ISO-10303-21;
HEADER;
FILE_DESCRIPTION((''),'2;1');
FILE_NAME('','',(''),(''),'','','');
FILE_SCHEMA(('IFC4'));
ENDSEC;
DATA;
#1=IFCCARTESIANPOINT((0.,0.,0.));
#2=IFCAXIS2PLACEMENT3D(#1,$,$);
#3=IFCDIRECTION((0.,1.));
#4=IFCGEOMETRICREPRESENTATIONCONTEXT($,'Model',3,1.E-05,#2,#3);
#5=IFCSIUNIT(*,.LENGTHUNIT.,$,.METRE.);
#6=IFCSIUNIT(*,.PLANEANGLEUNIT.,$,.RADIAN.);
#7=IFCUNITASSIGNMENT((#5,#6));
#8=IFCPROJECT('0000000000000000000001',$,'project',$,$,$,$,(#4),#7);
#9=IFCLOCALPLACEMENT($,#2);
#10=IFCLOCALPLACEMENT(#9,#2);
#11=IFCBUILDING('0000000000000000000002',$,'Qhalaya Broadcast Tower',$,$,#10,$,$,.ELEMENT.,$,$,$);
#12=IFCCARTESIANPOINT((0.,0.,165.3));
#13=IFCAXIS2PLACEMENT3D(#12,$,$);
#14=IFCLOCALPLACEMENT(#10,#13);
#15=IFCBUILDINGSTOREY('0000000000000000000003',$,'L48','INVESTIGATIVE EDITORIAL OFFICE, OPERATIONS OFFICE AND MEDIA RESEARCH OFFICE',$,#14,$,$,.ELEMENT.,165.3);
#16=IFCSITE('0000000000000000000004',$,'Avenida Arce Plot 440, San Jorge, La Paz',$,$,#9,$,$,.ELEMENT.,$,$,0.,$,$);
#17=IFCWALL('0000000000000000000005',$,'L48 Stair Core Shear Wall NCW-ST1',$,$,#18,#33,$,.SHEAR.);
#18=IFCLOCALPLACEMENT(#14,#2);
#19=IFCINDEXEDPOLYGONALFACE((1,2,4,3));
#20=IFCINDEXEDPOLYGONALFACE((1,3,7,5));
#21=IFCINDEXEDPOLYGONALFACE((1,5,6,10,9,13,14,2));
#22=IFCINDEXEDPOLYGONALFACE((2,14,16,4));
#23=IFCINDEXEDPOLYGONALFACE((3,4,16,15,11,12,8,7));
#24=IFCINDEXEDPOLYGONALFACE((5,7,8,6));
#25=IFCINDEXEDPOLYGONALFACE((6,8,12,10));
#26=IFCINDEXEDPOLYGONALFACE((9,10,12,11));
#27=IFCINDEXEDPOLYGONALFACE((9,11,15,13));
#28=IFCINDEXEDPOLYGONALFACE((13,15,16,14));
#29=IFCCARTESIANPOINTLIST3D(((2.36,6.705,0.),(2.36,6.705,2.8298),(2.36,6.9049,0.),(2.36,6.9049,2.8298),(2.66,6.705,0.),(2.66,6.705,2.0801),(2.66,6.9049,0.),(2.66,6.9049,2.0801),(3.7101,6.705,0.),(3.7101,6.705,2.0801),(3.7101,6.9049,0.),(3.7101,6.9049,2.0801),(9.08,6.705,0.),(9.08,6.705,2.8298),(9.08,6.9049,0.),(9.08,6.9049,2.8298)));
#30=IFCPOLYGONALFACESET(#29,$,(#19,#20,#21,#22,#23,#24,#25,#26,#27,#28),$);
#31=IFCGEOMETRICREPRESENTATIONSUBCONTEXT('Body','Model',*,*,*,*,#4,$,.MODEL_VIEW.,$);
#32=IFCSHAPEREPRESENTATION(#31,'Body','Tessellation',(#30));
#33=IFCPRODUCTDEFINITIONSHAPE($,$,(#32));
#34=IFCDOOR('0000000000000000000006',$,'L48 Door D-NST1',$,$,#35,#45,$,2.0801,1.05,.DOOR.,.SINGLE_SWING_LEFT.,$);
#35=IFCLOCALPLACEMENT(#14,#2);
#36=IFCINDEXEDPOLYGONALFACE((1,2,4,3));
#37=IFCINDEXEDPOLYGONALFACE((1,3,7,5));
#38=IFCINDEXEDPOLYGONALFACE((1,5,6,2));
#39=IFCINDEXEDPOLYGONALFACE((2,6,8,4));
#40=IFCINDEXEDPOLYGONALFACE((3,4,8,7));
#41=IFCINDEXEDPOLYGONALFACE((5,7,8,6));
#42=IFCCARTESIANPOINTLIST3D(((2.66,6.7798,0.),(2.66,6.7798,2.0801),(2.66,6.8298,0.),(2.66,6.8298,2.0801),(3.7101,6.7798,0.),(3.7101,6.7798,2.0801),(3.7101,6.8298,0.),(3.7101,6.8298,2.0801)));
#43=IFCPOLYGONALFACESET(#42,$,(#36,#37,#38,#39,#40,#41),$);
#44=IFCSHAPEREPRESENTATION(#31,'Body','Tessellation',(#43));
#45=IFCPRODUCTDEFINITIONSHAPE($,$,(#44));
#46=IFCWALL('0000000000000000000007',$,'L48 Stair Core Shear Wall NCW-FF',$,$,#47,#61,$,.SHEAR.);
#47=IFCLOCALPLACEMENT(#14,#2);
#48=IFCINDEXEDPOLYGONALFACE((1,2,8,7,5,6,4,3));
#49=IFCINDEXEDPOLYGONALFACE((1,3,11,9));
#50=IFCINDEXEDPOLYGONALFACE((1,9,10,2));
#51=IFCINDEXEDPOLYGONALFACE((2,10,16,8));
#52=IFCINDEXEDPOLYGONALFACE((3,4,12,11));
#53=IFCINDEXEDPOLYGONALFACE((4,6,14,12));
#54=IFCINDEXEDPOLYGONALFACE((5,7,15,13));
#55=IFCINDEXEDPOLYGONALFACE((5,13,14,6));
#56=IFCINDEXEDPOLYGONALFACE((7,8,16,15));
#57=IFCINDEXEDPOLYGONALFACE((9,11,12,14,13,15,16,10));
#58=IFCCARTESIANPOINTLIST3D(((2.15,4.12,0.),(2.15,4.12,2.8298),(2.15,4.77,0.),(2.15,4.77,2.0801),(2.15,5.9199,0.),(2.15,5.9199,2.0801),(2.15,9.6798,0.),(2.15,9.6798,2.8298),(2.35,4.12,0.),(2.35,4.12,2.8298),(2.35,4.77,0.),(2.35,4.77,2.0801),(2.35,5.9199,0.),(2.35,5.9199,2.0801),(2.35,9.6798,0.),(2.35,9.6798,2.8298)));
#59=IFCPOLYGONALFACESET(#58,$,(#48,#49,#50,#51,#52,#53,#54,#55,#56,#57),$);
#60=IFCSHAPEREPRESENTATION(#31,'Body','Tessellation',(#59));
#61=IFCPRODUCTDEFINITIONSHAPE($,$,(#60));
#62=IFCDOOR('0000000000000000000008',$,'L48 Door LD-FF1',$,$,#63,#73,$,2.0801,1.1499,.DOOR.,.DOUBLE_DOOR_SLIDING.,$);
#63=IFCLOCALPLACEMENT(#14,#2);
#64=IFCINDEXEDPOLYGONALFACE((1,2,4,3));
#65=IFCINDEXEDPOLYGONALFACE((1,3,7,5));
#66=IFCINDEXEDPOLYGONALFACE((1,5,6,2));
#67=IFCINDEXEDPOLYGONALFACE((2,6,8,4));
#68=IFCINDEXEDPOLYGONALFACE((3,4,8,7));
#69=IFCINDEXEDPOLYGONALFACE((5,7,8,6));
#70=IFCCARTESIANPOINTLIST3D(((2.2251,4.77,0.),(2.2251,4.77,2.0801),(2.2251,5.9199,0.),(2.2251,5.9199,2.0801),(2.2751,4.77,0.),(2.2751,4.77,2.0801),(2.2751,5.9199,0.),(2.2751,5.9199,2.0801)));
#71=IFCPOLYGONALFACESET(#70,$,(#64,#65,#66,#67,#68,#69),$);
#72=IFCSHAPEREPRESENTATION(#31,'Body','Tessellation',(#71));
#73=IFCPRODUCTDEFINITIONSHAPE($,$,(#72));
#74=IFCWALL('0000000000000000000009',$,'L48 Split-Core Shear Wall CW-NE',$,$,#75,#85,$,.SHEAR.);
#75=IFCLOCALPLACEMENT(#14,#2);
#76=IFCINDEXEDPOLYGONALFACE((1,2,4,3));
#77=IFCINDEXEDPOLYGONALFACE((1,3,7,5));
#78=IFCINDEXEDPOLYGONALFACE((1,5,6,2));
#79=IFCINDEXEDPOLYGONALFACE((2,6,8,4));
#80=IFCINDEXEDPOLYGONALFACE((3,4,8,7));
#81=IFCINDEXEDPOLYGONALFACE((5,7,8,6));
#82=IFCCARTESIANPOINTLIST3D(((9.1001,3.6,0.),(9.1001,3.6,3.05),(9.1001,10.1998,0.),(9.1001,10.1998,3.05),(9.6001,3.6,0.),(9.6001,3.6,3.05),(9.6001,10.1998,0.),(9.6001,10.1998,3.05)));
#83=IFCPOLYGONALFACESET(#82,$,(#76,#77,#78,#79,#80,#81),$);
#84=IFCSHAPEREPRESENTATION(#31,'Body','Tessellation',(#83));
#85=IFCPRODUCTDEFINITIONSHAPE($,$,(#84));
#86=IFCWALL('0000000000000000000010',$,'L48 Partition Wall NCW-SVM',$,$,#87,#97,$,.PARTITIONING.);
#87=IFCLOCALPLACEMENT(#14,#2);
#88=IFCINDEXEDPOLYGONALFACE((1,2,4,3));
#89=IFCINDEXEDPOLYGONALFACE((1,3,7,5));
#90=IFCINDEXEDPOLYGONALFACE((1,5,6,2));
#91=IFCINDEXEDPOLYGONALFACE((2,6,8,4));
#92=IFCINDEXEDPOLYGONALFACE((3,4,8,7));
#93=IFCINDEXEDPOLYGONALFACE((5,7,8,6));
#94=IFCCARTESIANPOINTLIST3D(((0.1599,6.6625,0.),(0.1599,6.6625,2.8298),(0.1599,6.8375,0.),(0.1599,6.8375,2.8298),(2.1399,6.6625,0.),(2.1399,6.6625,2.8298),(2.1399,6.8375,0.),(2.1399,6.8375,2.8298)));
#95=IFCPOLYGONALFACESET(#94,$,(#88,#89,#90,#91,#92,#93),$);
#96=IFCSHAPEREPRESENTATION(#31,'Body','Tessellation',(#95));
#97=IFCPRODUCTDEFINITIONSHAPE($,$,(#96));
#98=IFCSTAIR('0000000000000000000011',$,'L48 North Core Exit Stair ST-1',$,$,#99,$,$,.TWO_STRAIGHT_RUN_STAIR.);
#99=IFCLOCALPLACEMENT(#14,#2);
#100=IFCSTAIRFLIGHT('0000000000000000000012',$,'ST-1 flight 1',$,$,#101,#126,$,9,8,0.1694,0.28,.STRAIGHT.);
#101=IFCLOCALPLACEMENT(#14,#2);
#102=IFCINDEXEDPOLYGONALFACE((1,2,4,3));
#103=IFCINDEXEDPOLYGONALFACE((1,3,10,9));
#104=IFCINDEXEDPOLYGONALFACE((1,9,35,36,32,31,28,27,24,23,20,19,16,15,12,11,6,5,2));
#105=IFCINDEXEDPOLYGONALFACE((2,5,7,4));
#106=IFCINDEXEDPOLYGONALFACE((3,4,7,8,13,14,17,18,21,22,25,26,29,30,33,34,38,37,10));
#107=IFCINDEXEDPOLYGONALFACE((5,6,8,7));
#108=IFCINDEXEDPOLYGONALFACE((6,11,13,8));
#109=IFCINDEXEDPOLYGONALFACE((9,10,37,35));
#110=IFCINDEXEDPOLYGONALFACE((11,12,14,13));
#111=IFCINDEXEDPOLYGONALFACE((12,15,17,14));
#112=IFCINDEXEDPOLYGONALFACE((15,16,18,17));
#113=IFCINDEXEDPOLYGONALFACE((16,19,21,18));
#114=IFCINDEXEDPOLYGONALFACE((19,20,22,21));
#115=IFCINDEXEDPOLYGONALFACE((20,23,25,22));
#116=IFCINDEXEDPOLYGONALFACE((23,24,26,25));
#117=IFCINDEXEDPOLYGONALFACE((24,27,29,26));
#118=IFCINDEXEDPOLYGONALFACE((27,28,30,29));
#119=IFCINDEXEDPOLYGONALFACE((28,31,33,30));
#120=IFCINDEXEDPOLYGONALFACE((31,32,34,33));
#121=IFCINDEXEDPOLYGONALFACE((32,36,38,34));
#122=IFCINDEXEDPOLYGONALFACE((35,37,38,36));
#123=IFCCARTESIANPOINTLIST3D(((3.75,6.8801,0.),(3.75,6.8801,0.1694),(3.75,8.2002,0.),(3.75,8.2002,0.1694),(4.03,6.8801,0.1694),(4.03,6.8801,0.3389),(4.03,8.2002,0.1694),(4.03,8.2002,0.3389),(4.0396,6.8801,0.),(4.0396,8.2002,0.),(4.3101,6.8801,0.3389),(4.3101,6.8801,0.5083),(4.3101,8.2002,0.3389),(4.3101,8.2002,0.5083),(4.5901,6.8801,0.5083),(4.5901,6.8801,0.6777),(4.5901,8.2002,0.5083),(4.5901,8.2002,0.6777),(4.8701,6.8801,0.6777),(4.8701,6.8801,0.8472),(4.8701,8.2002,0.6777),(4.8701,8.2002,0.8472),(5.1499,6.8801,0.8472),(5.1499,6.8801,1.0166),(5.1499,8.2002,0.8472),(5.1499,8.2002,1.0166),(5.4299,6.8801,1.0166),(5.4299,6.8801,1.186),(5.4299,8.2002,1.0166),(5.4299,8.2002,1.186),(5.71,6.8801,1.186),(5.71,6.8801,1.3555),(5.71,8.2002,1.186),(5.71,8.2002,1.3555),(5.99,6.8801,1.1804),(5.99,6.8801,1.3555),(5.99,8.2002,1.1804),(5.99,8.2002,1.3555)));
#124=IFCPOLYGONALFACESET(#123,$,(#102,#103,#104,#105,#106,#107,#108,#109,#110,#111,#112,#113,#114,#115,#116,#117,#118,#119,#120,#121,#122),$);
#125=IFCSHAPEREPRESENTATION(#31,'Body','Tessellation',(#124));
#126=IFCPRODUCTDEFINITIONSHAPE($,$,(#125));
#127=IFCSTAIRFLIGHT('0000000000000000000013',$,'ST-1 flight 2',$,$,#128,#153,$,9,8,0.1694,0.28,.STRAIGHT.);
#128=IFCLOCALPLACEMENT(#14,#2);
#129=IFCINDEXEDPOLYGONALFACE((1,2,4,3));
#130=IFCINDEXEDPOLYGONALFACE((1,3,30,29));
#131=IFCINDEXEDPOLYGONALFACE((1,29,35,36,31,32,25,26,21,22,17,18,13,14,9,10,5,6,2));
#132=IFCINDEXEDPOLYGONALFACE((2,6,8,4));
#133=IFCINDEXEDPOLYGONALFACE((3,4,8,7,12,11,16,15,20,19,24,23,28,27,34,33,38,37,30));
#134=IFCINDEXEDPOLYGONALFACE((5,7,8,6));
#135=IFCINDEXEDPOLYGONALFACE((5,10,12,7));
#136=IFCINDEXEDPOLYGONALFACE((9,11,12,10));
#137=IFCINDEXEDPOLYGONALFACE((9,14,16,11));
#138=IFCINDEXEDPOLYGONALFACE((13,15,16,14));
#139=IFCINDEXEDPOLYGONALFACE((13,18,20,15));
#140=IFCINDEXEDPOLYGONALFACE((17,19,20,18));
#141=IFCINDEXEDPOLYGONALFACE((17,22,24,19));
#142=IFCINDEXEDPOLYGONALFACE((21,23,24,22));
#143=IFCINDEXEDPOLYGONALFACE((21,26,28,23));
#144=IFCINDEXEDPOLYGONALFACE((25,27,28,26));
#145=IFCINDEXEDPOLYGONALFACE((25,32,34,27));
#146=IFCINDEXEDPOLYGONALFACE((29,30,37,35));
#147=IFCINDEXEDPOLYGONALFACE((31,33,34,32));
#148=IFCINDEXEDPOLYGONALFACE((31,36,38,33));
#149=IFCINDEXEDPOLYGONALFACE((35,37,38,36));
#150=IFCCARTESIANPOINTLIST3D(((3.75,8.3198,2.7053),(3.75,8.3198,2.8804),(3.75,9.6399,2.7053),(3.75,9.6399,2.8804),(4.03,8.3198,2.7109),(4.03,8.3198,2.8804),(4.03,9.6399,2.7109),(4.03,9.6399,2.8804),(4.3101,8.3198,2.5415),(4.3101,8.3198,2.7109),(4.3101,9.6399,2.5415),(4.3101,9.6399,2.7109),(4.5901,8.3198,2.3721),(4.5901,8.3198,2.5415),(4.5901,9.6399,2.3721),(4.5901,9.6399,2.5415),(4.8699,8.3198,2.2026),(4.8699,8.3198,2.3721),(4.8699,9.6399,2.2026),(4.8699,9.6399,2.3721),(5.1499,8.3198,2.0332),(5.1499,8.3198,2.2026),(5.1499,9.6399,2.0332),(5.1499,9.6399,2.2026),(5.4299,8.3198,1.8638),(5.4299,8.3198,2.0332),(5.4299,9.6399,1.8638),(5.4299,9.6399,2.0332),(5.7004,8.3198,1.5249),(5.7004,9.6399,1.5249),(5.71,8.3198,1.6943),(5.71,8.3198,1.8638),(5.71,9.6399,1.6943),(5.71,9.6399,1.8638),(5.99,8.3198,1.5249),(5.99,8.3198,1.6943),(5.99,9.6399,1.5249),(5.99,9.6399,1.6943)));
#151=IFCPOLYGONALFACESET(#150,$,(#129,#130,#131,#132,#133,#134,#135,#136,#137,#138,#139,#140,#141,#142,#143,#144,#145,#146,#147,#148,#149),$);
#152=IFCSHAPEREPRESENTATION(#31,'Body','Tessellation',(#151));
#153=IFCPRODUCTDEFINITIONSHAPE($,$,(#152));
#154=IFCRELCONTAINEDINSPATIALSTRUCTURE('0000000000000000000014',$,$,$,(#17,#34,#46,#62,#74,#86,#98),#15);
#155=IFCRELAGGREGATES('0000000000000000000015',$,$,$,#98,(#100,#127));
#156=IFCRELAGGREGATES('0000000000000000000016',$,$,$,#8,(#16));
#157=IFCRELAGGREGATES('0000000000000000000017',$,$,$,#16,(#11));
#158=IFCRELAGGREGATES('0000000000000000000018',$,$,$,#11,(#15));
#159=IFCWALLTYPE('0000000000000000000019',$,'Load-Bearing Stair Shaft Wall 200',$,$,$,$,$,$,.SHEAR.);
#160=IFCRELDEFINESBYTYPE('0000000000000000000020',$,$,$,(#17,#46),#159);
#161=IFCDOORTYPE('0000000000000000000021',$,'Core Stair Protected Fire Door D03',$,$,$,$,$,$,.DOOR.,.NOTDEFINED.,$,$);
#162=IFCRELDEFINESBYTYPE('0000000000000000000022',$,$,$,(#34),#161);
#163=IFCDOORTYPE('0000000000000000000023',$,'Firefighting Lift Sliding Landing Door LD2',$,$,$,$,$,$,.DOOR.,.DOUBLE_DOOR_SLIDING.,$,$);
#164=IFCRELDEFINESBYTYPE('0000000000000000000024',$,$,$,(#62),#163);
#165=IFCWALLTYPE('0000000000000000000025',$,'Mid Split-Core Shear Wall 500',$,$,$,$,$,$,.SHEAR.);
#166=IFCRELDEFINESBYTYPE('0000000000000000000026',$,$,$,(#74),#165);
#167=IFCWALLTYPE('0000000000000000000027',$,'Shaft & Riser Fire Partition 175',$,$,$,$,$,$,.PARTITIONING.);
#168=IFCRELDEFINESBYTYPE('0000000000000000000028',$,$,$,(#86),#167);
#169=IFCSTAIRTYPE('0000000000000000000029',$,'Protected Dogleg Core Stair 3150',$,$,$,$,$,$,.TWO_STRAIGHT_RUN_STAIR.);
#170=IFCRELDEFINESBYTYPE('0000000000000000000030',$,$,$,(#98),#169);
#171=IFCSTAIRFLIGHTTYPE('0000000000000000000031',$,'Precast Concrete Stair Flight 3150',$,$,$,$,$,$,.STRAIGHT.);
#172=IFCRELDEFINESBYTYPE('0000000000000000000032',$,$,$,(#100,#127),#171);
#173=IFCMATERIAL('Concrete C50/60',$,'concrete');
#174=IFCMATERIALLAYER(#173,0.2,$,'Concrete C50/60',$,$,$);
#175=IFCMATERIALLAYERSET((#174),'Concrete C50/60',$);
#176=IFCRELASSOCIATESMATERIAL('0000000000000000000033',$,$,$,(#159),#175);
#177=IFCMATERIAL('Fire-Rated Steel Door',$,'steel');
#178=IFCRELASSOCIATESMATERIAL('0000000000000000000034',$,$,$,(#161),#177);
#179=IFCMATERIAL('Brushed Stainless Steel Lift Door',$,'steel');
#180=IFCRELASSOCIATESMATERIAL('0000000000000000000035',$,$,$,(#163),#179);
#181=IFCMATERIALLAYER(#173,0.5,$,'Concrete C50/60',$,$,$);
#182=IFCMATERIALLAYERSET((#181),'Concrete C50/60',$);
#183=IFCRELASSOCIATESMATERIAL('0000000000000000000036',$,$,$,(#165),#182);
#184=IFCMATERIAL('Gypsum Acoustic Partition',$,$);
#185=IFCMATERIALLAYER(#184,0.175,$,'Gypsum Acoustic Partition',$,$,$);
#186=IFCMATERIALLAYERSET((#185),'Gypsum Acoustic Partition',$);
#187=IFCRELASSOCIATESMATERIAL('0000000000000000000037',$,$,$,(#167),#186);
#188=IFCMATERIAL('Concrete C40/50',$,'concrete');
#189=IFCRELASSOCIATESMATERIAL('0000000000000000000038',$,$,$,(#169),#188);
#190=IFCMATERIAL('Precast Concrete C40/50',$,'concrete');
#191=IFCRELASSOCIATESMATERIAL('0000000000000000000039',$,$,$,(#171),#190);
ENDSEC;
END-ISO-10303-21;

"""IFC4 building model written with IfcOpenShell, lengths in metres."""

from ifc_helpers import new_model, si_unit, direction, frame, frame_2d, origin, place, context, subcontext, project, spatial, polyline, rectangle, outline, extrude, material, layer, layer_set, type_object, element, fill, aggregate, save


model = new_model("IFC4")

# Units and contexts
model_context = context("Model", 3, precision=1e-05, world=origin(), true_north=direction((0.0, 1.0)))
body_context = subcontext(model_context, "Body", "Model", "MODEL_VIEW")
ifc_project = project(units=[si_unit("LENGTHUNIT", "METRE"), si_unit("PLANEANGLEUNIT", "RADIAN")], contexts=[model_context])

# Site, building, storey
site_placement = place(None, origin())
site = spatial("IfcSite", under=ifc_project, at=site_placement, Name="Avenida Arce Plot 440, San Jorge, La Paz", CompositionType="ELEMENT", RefElevation=0.0)
building_placement = place(site_placement, origin())
building = spatial("IfcBuilding", under=site, at=building_placement, Name="Qhalaya Broadcast Tower", CompositionType="ELEMENT")
storey_placement = place(building_placement, frame((0.0, 0.0, 165.3)))
storey = spatial("IfcBuildingStorey", under=building, at=storey_placement, Name="L48", Description="INVESTIGATIVE EDITORIAL OFFICE, OPERATIONS OFFICE AND MEDIA RESEARCH OFFICE", CompositionType="ELEMENT", Elevation=165.3)

# Shared definitions
ifc_material_1 = material(Name="Concrete C50/60", Category="concrete")

# Shared definitions
ifc_material_2 = material(Name="Gypsum Acoustic Partition")
ifc_material_3 = material(Name="Fire-Rated Steel Door", Category="steel")

# Walls, openings, doors
ifc_layer_1 = layer(ifc_material_1, 0.2, Name="Concrete C50/60")
ifc_layer_set_1 = layer_set([ifc_layer_1], Name="Concrete C50/60")
wall_type_1 = type_object("IfcWallType", Name="Load-Bearing Stair Shaft Wall 200", PredefinedType="SHEAR", material=ifc_layer_set_1)
wall_1_placement = place(storey_placement, frame((2.3601, 6.8049, 0.0), z_axis=(0.0, 0.0, 1.0), x_axis=(1.0, 0.0, 0.0)))
wall_1 = element("IfcWall", 1, at=wall_1_placement, inside=storey, type_object=wall_type_1, Name="L48 Stair Core Shear Wall NCW-ST1", PredefinedType="SHEAR", context=body_context, shape_type="SweptSolid", body=[
    extrude(rectangle(XDim=6.72, YDim=0.2, at=frame_2d((3.3599, 0.0))), origin(), (0.0, 0.0, 1.0), 2.8298),
])
opening_1_placement = place(wall_1_placement, frame((0.3, 0.0, 0.0)))
opening_1 = element("IfcOpeningElement", 2, at=opening_1_placement, cuts=wall_1, PredefinedType="OPENING", context=body_context, shape_type="SweptSolid", body=[
    extrude(rectangle(XDim=1.05, YDim=2.0801, at=frame_2d((0.5249, 1.04))), frame((0.0, 0.1121, 0.0), z_axis=(0.0, -1.0, 0.0), x_axis=(1.0, 0.0, 0.0)), (0.0, 0.0, 1.0), 0.2239),
])
door_type_1 = type_object("IfcDoorType", Name="Core Stair Protected Fire Door D03", OperationType="NOTDEFINED", PredefinedType="DOOR", material=ifc_material_3)
door_1_placement = place(opening_1_placement, origin())
door_1 = element("IfcDoor", 3, at=door_1_placement, inside=storey, type_object=door_type_1, Name="L48 Door D-NST1", OperationType="SINGLE_SWING_LEFT", OverallHeight=2.0801, OverallWidth=1.05, PredefinedType="DOOR", context=body_context, shape_type="SweptSolid", body=[
    extrude(rectangle(XDim=1.05, YDim=2.0801, at=frame_2d((0.5249, 1.04))), frame((0.0, 0.0249, 0.0), z_axis=(0.0, -1.0, 0.0), x_axis=(1.0, 0.0, 0.0)), (0.0, 0.0, 1.0), 0.05),
])
fill(opening_1, door_1)
wall_2_placement = place(storey_placement, frame((2.25, 4.1201, 0.0), z_axis=(0.0, 0.0, 1.0), x_axis=(0.0, 1.0, 0.0)))
wall_2 = element("IfcWall", 4, at=wall_2_placement, inside=storey, type_object=wall_type_1, Name="L48 Stair Core Shear Wall NCW-FF", PredefinedType="SHEAR", context=body_context, shape_type="SweptSolid", body=[
    extrude(rectangle(XDim=5.5598, YDim=0.2, at=frame_2d((2.7798, 0.0))), origin(), (0.0, 0.0, 1.0), 2.8298),
])
opening_2_placement = place(wall_2_placement, frame((0.6499, 0.0, 0.0)))
opening_2 = element("IfcOpeningElement", 5, at=opening_2_placement, cuts=wall_2, PredefinedType="OPENING", context=body_context, shape_type="SweptSolid", body=[
    extrude(rectangle(XDim=1.1499, YDim=2.0801, at=frame_2d((0.575, 1.04))), frame((0.0, 0.1121, 0.0), z_axis=(0.0, -1.0, 0.0), x_axis=(1.0, 0.0, 0.0)), (0.0, 0.0, 1.0), 0.2239),
])
ifc_material_4 = material(Name="Brushed Stainless Steel Lift Door", Category="steel")
door_type_2 = type_object("IfcDoorType", Name="Firefighting Lift Sliding Landing Door LD2", OperationType="DOUBLE_DOOR_SLIDING", PredefinedType="DOOR", material=ifc_material_4)
door_2_placement = place(opening_2_placement, origin())
door_2 = element("IfcDoor", 6, at=door_2_placement, inside=storey, type_object=door_type_2, Name="L48 Door LD-FF1", OperationType="DOUBLE_DOOR_SLIDING", OverallHeight=2.0801, OverallWidth=1.1499, PredefinedType="DOOR", context=body_context, shape_type="SweptSolid", body=[
    extrude(rectangle(XDim=1.1499, YDim=2.0801, at=frame_2d((0.575, 1.04))), frame((0.0, 0.0249, 0.0), z_axis=(0.0, -1.0, 0.0), x_axis=(1.0, 0.0, 0.0)), (0.0, 0.0, 1.0), 0.05),
])
fill(opening_2, door_2)

# Wall
ifc_layer_2 = layer(ifc_material_1, 0.5, Name="Concrete C50/60")
ifc_layer_set_2 = layer_set([ifc_layer_2], Name="Concrete C50/60")
wall_type_2 = type_object("IfcWallType", Name="Mid Split-Core Shear Wall 500", PredefinedType="SHEAR", material=ifc_layer_set_2)
wall_3_placement = place(storey_placement, frame((9.3501, 3.6001, 0.0), z_axis=(0.0, 0.0, 1.0), x_axis=(0.0, 1.0, 0.0)))
element("IfcWall", 7, at=wall_3_placement, inside=storey, type_object=wall_type_2, Name="L48 Split-Core Shear Wall CW-NE", PredefinedType="SHEAR", context=body_context, shape_type="SweptSolid", body=[
    extrude(rectangle(XDim=6.5999, YDim=0.5, at=frame_2d((3.2998, 0.0))), origin(), (0.0, 0.0, 1.0), 3.05),
])

# Shared definitions
ifc_layer_3 = layer(ifc_material_2, 0.175, Name="Gypsum Acoustic Partition")
ifc_layer_set_3 = layer_set([ifc_layer_3], Name="Gypsum Acoustic Partition")
wall_type_3 = type_object("IfcWallType", Name="Shaft & Riser Fire Partition 175", PredefinedType="PARTITIONING", material=ifc_layer_set_3)

# Wall
wall_4_placement = place(storey_placement, frame((0.1599, 6.75, 0.0), z_axis=(0.0, 0.0, 1.0), x_axis=(1.0, 0.0, 0.0)))
element("IfcWall", 8, at=wall_4_placement, inside=storey, type_object=wall_type_3, Name="L48 Partition Wall NCW-SVM", PredefinedType="PARTITIONING", context=body_context, shape_type="SweptSolid", body=[
    extrude(rectangle(XDim=1.98, YDim=0.175, at=frame_2d((0.99, 0.0))), origin(), (0.0, 0.0, 1.0), 2.8298),
])

# Stair, stair flights
ifc_material_5 = material(Name="Concrete C40/50", Category="concrete")
stair_type = type_object("IfcStairType", Name="Protected Dogleg Core Stair 3150", PredefinedType="TWO_STRAIGHT_RUN_STAIR", material=ifc_material_5)
stair_placement = place(storey_placement, origin())
stair = element("IfcStair", 9, at=stair_placement, inside=storey, type_object=stair_type, Name="L48 North Core Exit Stair ST-1", PredefinedType="TWO_STRAIGHT_RUN_STAIR")
ifc_material_6 = material(Name="Precast Concrete C40/50", Category="concrete")
stair_flight_type = type_object("IfcStairFlightType", Name="Precast Concrete Stair Flight 3150", PredefinedType="STRAIGHT", material=ifc_material_6)
stair_flight_1_placement = place(storey_placement, frame((3.75, 7.54, 0.0), z_axis=(0.0, 0.0, 1.0), x_axis=(1.0, 0.0, 0.0)))
stair_flight_1 = element("IfcStairFlight", 10, at=stair_flight_1_placement, type_object=stair_flight_type, Name="ST-1 flight 1", NumberOfRisers=9, NumberOfTreads=8, PredefinedType="STRAIGHT", RiserHeight=0.1694, TreadLength=0.28, context=body_context, shape_type="SweptSolid", body=[
    extrude(outline(polyline([(0.0, 0.0), (0.0, 0.1694), (0.28, 0.1694), (0.28, 0.3389), (0.5601, 0.3389), (0.5601, 0.5083), (0.8401, 0.5083), (0.8401, 0.6777), (1.1201, 0.6777), (1.1201, 0.8472), (1.3999, 0.8472), (1.3999, 1.0166), (1.6799, 1.0166), (1.6799, 1.186), (1.96, 1.186), (1.96, 1.3555), (2.24, 1.3555), (2.24, 1.5249), (2.24, 1.1804), (0.2896, 0.0), (0.0, 0.0)])), frame((0.0, 0.6602, 0.0), z_axis=(0.0, -1.0, 0.0), x_axis=(1.0, 0.0, 0.0)), (0.0, 0.0, 1.0), 1.3201),
])
stair_flight_2_placement = place(storey_placement, frame((5.99, 8.98, 1.5249), z_axis=(0.0, 0.0, 1.0), x_axis=(-1.0, 0.0, 0.0)))
stair_flight_2 = element("IfcStairFlight", 11, at=stair_flight_2_placement, type_object=stair_flight_type, Name="ST-1 flight 2", NumberOfRisers=9, NumberOfTreads=8, PredefinedType="STRAIGHT", RiserHeight=0.1694, TreadLength=0.28, context=body_context, shape_type="SweptSolid", body=[
    extrude(outline(polyline([(0.0, 0.0), (0.0, 0.1694), (0.28, 0.1694), (0.28, 0.3389), (0.5601, 0.3389), (0.5601, 0.5083), (0.8401, 0.5083), (0.8401, 0.6777), (1.1201, 0.6777), (1.1201, 0.8472), (1.3999, 0.8472), (1.3999, 1.0166), (1.6799, 1.0166), (1.6799, 1.186), (1.96, 1.186), (1.96, 1.3555), (2.24, 1.3555), (2.24, 1.5249), (2.24, 1.1804), (0.2896, 0.0), (0.0, 0.0)])), frame((0.0, 0.6602, 0.0), z_axis=(0.0, -1.0, 0.0), x_axis=(1.0, 0.0, 0.0)), (0.0, 0.0, 1.0), 1.3201),
])
aggregate(stair, [stair_flight_1, stair_flight_2])

save(model, "model.ifc")
